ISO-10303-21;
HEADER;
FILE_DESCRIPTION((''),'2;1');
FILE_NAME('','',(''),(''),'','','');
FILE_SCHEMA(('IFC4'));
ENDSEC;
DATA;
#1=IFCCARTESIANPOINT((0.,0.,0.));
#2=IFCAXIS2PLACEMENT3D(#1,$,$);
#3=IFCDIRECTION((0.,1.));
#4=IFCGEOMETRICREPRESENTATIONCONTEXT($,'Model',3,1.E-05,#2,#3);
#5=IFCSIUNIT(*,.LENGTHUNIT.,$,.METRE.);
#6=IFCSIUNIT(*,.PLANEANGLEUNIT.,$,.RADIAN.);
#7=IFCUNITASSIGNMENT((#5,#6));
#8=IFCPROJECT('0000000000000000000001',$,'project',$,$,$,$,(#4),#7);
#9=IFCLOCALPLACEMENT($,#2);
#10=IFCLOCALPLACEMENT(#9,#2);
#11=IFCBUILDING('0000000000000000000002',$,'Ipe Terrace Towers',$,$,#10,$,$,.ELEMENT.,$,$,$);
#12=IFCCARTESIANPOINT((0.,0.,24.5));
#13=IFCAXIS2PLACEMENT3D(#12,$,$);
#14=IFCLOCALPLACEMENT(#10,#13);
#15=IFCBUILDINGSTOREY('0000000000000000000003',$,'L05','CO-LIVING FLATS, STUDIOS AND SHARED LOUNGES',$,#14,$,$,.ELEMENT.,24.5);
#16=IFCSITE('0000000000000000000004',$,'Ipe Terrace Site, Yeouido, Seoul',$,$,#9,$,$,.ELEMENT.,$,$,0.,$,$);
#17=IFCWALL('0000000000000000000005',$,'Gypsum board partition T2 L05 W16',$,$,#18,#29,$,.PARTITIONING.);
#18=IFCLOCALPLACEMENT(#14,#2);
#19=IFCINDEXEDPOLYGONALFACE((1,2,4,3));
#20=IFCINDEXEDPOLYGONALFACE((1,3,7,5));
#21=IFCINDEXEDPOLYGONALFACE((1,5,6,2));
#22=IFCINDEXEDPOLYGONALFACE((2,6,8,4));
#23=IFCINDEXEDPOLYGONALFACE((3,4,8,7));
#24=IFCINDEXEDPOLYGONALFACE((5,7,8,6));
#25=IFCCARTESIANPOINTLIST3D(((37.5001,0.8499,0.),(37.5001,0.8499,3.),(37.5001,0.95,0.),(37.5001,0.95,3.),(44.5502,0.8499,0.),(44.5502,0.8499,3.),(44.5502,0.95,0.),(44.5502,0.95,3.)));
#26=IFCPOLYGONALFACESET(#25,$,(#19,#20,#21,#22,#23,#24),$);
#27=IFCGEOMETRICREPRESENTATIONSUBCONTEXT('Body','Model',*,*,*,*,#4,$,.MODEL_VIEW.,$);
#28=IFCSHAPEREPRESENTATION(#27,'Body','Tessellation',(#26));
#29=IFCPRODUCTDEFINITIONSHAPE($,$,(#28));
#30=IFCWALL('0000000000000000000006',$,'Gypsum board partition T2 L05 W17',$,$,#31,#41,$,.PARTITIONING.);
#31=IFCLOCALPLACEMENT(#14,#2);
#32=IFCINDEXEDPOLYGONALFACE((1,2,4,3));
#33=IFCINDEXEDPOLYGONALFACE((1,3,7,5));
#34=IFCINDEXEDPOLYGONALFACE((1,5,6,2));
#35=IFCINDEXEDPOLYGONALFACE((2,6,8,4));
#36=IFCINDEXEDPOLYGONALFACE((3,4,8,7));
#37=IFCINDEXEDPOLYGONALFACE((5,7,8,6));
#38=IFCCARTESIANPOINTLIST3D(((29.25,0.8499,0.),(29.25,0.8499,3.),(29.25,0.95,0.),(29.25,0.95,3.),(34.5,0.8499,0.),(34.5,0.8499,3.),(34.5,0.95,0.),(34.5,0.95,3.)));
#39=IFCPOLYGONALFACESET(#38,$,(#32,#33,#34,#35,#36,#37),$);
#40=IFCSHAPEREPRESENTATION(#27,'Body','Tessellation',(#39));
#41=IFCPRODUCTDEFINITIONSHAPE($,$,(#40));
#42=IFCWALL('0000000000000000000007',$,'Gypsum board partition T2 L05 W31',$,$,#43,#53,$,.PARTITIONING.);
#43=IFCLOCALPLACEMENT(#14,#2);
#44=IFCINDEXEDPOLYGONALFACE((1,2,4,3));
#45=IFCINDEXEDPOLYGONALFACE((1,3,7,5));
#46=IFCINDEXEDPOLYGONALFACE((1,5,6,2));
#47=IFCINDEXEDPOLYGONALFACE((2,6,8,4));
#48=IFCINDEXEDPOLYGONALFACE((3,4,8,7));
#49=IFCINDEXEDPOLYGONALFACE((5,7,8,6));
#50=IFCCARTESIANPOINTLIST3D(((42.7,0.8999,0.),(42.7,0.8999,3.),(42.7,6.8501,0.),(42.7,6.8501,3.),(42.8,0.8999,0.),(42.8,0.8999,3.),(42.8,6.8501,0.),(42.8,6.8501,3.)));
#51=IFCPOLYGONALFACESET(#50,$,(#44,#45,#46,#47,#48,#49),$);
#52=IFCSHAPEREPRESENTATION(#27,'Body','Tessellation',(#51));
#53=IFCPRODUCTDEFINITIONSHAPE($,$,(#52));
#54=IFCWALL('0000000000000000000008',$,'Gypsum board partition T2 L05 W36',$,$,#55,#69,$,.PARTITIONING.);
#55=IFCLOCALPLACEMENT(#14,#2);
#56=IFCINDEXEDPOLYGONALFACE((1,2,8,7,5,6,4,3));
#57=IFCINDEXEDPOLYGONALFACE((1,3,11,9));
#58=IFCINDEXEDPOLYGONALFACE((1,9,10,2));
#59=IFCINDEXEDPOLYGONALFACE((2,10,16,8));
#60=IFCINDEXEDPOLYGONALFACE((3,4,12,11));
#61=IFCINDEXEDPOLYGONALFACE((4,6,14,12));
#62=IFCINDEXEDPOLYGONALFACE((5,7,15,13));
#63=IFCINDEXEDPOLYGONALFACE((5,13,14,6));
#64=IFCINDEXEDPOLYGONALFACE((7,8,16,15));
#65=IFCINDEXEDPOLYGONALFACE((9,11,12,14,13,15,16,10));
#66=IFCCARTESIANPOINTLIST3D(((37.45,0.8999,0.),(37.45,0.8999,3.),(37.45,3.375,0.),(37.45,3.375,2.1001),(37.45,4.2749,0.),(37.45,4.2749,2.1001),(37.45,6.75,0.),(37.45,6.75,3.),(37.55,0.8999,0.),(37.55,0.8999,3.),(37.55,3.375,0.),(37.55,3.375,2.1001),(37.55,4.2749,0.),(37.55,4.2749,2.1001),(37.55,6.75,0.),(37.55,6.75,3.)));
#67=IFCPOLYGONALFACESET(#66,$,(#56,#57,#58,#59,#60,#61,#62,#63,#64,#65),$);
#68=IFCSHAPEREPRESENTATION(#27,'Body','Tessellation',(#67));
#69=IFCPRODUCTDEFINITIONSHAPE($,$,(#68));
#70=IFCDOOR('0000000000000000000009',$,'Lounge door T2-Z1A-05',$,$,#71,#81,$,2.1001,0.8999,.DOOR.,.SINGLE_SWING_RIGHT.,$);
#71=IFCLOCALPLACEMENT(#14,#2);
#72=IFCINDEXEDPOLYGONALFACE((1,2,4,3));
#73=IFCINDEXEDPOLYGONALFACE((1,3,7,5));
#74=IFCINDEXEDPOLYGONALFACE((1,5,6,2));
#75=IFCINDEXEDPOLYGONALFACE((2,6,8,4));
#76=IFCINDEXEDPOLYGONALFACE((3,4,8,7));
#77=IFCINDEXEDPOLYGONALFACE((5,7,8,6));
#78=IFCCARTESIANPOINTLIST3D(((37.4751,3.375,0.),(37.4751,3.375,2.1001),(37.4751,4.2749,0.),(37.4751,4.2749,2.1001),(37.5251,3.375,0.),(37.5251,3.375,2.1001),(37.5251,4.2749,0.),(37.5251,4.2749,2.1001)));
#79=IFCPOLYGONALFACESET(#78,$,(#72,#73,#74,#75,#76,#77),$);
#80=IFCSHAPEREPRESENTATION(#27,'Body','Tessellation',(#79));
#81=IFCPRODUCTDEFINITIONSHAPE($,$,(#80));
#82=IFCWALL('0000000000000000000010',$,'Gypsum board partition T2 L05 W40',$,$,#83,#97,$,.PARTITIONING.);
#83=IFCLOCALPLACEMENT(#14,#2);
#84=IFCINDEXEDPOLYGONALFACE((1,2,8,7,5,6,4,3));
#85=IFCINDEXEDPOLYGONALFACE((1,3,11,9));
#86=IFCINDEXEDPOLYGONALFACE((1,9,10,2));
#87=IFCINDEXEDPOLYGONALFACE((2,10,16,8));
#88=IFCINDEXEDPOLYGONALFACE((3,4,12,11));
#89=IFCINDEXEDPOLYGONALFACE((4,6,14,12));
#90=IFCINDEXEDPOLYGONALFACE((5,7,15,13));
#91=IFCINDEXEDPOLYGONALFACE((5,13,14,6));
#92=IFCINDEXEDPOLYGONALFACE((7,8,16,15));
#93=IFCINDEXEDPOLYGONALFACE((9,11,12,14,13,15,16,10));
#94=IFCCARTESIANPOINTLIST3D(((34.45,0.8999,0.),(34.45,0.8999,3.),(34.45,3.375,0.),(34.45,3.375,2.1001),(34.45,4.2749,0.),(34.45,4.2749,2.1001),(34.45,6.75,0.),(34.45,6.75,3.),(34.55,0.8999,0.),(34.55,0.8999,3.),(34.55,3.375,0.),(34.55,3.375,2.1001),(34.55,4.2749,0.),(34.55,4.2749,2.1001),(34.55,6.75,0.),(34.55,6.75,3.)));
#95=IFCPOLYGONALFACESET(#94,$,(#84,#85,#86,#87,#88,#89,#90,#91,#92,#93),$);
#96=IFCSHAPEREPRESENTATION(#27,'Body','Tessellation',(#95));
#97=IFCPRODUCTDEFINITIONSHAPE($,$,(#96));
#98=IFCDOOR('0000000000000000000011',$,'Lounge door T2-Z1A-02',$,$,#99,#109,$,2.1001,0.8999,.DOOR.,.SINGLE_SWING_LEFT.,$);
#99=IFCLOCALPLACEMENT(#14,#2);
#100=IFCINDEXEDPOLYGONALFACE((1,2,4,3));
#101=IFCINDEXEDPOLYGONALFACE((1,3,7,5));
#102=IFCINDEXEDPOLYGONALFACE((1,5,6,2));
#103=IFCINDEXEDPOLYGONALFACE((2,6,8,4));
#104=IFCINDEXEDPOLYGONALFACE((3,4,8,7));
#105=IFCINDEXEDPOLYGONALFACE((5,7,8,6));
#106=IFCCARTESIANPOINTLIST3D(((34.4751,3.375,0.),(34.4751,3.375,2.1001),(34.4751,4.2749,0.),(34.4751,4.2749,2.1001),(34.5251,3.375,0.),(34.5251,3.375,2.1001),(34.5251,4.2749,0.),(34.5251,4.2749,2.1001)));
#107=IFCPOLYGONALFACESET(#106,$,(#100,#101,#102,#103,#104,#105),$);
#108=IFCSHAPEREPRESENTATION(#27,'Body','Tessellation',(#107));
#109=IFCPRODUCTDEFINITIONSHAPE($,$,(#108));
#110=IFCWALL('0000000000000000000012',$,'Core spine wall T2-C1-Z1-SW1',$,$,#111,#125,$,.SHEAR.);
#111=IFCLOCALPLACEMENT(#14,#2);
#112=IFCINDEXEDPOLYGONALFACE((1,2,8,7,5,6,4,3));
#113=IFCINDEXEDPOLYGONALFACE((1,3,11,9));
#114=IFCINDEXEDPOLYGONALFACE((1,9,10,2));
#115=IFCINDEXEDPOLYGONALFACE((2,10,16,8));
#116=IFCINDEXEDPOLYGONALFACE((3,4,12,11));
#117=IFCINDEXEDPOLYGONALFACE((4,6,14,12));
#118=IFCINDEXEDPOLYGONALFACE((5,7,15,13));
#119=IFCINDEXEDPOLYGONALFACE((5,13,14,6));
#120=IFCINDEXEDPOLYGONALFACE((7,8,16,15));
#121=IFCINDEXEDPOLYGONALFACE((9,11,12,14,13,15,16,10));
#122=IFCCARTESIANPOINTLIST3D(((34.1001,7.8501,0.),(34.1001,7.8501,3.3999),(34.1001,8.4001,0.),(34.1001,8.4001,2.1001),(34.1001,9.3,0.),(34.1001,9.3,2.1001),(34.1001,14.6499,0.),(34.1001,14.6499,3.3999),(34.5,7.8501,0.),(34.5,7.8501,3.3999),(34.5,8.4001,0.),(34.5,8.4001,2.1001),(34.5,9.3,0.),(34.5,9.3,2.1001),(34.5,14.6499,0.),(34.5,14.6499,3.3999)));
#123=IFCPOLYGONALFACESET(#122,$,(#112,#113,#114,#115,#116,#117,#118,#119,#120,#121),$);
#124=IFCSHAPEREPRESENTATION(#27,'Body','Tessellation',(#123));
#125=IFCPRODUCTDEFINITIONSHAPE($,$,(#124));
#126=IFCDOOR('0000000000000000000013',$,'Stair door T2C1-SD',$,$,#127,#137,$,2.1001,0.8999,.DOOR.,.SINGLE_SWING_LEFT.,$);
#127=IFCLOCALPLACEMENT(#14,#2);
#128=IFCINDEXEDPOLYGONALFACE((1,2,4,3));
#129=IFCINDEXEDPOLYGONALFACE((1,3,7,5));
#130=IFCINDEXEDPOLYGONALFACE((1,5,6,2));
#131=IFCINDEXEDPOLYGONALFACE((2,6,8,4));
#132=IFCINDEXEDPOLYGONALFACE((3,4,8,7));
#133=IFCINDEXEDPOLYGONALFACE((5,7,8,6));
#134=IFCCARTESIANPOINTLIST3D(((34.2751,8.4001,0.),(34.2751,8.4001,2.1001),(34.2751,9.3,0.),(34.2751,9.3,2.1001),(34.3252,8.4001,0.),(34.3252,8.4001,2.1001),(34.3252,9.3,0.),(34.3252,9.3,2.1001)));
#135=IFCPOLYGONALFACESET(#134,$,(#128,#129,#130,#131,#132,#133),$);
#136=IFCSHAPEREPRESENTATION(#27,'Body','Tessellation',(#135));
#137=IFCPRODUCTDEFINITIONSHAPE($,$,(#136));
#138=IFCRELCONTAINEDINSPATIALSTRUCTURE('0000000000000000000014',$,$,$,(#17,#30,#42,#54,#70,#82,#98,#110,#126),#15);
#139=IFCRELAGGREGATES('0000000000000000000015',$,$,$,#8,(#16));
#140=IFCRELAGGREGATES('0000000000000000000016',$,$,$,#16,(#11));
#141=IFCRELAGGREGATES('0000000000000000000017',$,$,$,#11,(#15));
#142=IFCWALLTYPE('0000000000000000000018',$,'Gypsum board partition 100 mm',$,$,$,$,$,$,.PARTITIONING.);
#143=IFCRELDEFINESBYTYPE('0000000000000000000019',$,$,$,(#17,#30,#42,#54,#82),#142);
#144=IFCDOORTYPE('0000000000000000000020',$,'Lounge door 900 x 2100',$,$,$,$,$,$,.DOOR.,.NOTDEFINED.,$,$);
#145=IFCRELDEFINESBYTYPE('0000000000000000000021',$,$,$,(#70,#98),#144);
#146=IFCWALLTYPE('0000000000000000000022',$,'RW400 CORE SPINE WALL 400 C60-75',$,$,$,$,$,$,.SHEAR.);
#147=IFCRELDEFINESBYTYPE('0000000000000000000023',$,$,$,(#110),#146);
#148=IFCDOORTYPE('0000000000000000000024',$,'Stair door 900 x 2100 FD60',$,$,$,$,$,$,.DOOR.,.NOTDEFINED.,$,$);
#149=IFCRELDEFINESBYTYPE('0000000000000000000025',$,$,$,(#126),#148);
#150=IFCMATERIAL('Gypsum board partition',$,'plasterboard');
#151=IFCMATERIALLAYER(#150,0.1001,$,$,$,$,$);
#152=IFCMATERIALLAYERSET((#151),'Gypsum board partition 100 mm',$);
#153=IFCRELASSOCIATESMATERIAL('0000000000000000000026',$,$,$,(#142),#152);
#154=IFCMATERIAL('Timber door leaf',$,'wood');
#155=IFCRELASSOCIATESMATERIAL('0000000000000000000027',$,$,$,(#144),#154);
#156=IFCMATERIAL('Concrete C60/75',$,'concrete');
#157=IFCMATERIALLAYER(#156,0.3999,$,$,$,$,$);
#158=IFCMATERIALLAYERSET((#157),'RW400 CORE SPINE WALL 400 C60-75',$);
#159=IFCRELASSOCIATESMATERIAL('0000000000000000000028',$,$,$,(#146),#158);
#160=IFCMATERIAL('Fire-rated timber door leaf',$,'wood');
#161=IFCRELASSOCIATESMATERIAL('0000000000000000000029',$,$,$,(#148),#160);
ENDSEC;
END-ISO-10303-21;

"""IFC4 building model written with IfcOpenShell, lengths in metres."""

from ifc_helpers import new_model, si_unit, direction, frame, frame_2d, origin, place, context, subcontext, project, spatial, rectangle, extrude, material, layer, layer_set, type_object, element, fill, save


model = new_model("IFC4")

# Units and contexts
model_context = context("Model", 3, precision=1e-05, world=origin(), true_north=direction((0.0, 1.0)))
body_context = subcontext(model_context, "Body", "Model", "MODEL_VIEW")
ifc_project = project(units=[si_unit("LENGTHUNIT", "METRE"), si_unit("PLANEANGLEUNIT", "RADIAN")], contexts=[model_context])

# Site, building, storey
site_placement = place(None, origin())
site = spatial("IfcSite", under=ifc_project, at=site_placement, Name="Ipe Terrace Site, Yeouido, Seoul", CompositionType="ELEMENT", RefElevation=0.0)
building_placement = place(site_placement, origin())
building = spatial("IfcBuilding", under=site, at=building_placement, Name="Ipe Terrace Towers", CompositionType="ELEMENT")
storey_placement = place(building_placement, frame((0.0, 0.0, 24.5)))
storey = spatial("IfcBuildingStorey", under=building, at=storey_placement, Name="L05", Description="CO-LIVING FLATS, STUDIOS AND SHARED LOUNGES", CompositionType="ELEMENT", Elevation=24.5)

# Shared definitions
ifc_material_1 = material(Name="Gypsum board partition", Category="plasterboard")
ifc_layer_1 = layer(ifc_material_1, 0.1001)
ifc_layer_set_1 = layer_set([ifc_layer_1], Name="Gypsum board partition 100 mm")
wall_type_1 = type_object("IfcWallType", Name="Gypsum board partition 100 mm", PredefinedType="PARTITIONING", material=ifc_layer_set_1)

# Walls
wall_1_placement = place(storey_placement, frame((44.55, 0.8999, 0.0), z_axis=(0.0, 0.0, 1.0), x_axis=(-1.0, 0.0, 0.0)))
element("IfcWall", 1, at=wall_1_placement, inside=storey, type_object=wall_type_1, Name="Gypsum board partition T2 L05 W16", PredefinedType="PARTITIONING", context=body_context, shape_type="SweptSolid", body=[
    extrude(rectangle(XDim=7.05, YDim=0.1001, at=frame_2d((3.5249, 0.0))), origin(), (0.0, 0.0, 1.0), 3.0),
])
wall_2_placement = place(storey_placement, frame((34.5, 0.8999, 0.0), z_axis=(0.0, 0.0, 1.0), x_axis=(-1.0, 0.0, 0.0)))
element("IfcWall", 2, at=wall_2_placement, inside=storey, type_object=wall_type_1, Name="Gypsum board partition T2 L05 W17", PredefinedType="PARTITIONING", context=body_context, shape_type="SweptSolid", body=[
    extrude(rectangle(XDim=5.25, YDim=0.1001, at=frame_2d((2.625, 0.0))), origin(), (0.0, 0.0, 1.0), 3.0),
])
wall_3_placement = place(storey_placement, frame((42.75, 0.8999, 0.0), z_axis=(0.0, 0.0, 1.0), x_axis=(0.0, 1.0, 0.0)))
element("IfcWall", 3, at=wall_3_placement, inside=storey, type_object=wall_type_1, Name="Gypsum board partition T2 L05 W31", PredefinedType="PARTITIONING", context=body_context, shape_type="SweptSolid", body=[
    extrude(rectangle(XDim=5.9502, YDim=0.1001, at=frame_2d((2.9751, 0.0))), origin(), (0.0, 0.0, 1.0), 3.0),
])

# Walls, openings, doors
wall_4_placement = place(storey_placement, frame((37.5, 0.8999, 0.0), z_axis=(0.0, 0.0, 1.0), x_axis=(0.0, 1.0, 0.0)))
wall_4 = element("IfcWall", 4, at=wall_4_placement, inside=storey, type_object=wall_type_1, Name="Gypsum board partition T2 L05 W36", PredefinedType="PARTITIONING", context=body_context, shape_type="SweptSolid", body=[
    extrude(rectangle(XDim=5.8501, YDim=0.1001, at=frame_2d((2.925, 0.0))), origin(), (0.0, 0.0, 1.0), 3.0),
])
opening_1_placement = place(wall_4_placement, frame((2.4751, 0.0, 0.0)))
opening_1 = element("IfcOpeningElement", 5, at=opening_1_placement, cuts=wall_4, PredefinedType="OPENING", context=body_context, shape_type="SweptSolid", body=[
    extrude(rectangle(XDim=0.8999, YDim=2.1001, at=frame_2d((0.45, 1.05))), frame((0.0, 0.0601, 0.0), z_axis=(0.0, -1.0, 0.0), x_axis=(1.0, 0.0, 0.0)), (0.0, 0.0, 1.0), 0.1201),
])
ifc_material_2 = material(Name="Timber door leaf", Category="wood")
door_type_1 = type_object("IfcDoorType", Name="Lounge door 900 x 2100", OperationType="NOTDEFINED", PredefinedType="DOOR", material=ifc_material_2)
door_1_placement = place(opening_1_placement, origin())
door_1 = element("IfcDoor", 6, at=door_1_placement, inside=storey, type_object=door_type_1, Name="Lounge door T2-Z1A-05", OperationType="SINGLE_SWING_RIGHT", OverallHeight=2.1001, OverallWidth=0.8999, PredefinedType="DOOR", context=body_context, shape_type="SweptSolid", body=[
    extrude(rectangle(XDim=0.8999, YDim=2.1001, at=frame_2d((0.45, 1.05))), frame((0.0, 0.0249, 0.0), z_axis=(0.0, -1.0, 0.0), x_axis=(1.0, 0.0, 0.0)), (0.0, 0.0, 1.0), 0.05),
])
fill(opening_1, door_1)
wall_5_placement = place(storey_placement, frame((34.5, 0.8999, 0.0), z_axis=(0.0, 0.0, 1.0), x_axis=(0.0, 1.0, 0.0)))
wall_5 = element("IfcWall", 7, at=wall_5_placement, inside=storey, type_object=wall_type_1, Name="Gypsum board partition T2 L05 W40", PredefinedType="PARTITIONING", context=body_context, shape_type="SweptSolid", body=[
    extrude(rectangle(XDim=5.8501, YDim=0.1001, at=frame_2d((2.925, 0.0))), origin(), (0.0, 0.0, 1.0), 3.0),
])
opening_2_placement = place(wall_5_placement, frame((2.4751, 0.0, 0.0)))
opening_2 = element("IfcOpeningElement", 8, at=opening_2_placement, cuts=wall_5, PredefinedType="OPENING", context=body_context, shape_type="SweptSolid", body=[
    extrude(rectangle(XDim=0.8999, YDim=2.1001, at=frame_2d((0.45, 1.05))), frame((0.0, 0.0601, 0.0), z_axis=(0.0, -1.0, 0.0), x_axis=(1.0, 0.0, 0.0)), (0.0, 0.0, 1.0), 0.1201),
])
door_2_placement = place(opening_2_placement, origin())
door_2 = element("IfcDoor", 9, at=door_2_placement, inside=storey, type_object=door_type_1, Name="Lounge door T2-Z1A-02", OperationType="SINGLE_SWING_LEFT", OverallHeight=2.1001, OverallWidth=0.8999, PredefinedType="DOOR", context=body_context, shape_type="SweptSolid", body=[
    extrude(rectangle(XDim=0.8999, YDim=2.1001, at=frame_2d((0.45, 1.05))), frame((0.0, 0.0249, 0.0), z_axis=(0.0, -1.0, 0.0), x_axis=(1.0, 0.0, 0.0)), (0.0, 0.0, 1.0), 0.05),
])
fill(opening_2, door_2)
ifc_material_3 = material(Name="Concrete C60/75", Category="concrete")
ifc_layer_2 = layer(ifc_material_3, 0.3999)
ifc_layer_set_2 = layer_set([ifc_layer_2], Name="RW400 CORE SPINE WALL 400 C60-75")
wall_type_2 = type_object("IfcWallType", Name="RW400 CORE SPINE WALL 400 C60-75", PredefinedType="SHEAR", material=ifc_layer_set_2)
wall_6_placement = place(storey_placement, frame((34.3, 7.8501, 0.0), z_axis=(0.0, 0.0, 1.0), x_axis=(0.0, 1.0, 0.0)))
wall_6 = element("IfcWall", 10, at=wall_6_placement, inside=storey, type_object=wall_type_2, Name="Core spine wall T2-C1-Z1-SW1", PredefinedType="SHEAR", context=body_context, shape_type="SweptSolid", body=[
    extrude(rectangle(XDim=6.7998, YDim=0.3999, at=frame_2d((3.3999, 0.0))), origin(), (0.0, 0.0, 1.0), 3.3999),
])
opening_3_placement = place(wall_6_placement, frame((0.55, 0.0, 0.0)))
opening_3 = element("IfcOpeningElement", 11, at=opening_3_placement, cuts=wall_6, PredefinedType="OPENING", context=body_context, shape_type="SweptSolid", body=[
    extrude(rectangle(XDim=0.8999, YDim=2.1001, at=frame_2d((0.45, 1.05))), frame((0.0, 0.21, 0.0), z_axis=(0.0, -1.0, 0.0), x_axis=(1.0, 0.0, 0.0)), (0.0, 0.0, 1.0), 0.4199),
])
ifc_material_4 = material(Name="Fire-rated timber door leaf", Category="wood")
door_type_2 = type_object("IfcDoorType", Name="Stair door 900 x 2100 FD60", OperationType="NOTDEFINED", PredefinedType="DOOR", material=ifc_material_4)
door_3_placement = place(opening_3_placement, origin())
door_3 = element("IfcDoor", 12, at=door_3_placement, inside=storey, type_object=door_type_2, Name="Stair door T2C1-SD", OperationType="SINGLE_SWING_LEFT", OverallHeight=2.1001, OverallWidth=0.8999, PredefinedType="DOOR", context=body_context, shape_type="SweptSolid", body=[
    extrude(rectangle(XDim=0.8999, YDim=2.1001, at=frame_2d((0.45, 1.05))), frame((0.0, 0.0249, 0.0), z_axis=(0.0, -1.0, 0.0), x_axis=(1.0, 0.0, 0.0)), (0.0, 0.0, 1.0), 0.05),
])
fill(opening_3, door_3)

save(model, "model.ifc")
